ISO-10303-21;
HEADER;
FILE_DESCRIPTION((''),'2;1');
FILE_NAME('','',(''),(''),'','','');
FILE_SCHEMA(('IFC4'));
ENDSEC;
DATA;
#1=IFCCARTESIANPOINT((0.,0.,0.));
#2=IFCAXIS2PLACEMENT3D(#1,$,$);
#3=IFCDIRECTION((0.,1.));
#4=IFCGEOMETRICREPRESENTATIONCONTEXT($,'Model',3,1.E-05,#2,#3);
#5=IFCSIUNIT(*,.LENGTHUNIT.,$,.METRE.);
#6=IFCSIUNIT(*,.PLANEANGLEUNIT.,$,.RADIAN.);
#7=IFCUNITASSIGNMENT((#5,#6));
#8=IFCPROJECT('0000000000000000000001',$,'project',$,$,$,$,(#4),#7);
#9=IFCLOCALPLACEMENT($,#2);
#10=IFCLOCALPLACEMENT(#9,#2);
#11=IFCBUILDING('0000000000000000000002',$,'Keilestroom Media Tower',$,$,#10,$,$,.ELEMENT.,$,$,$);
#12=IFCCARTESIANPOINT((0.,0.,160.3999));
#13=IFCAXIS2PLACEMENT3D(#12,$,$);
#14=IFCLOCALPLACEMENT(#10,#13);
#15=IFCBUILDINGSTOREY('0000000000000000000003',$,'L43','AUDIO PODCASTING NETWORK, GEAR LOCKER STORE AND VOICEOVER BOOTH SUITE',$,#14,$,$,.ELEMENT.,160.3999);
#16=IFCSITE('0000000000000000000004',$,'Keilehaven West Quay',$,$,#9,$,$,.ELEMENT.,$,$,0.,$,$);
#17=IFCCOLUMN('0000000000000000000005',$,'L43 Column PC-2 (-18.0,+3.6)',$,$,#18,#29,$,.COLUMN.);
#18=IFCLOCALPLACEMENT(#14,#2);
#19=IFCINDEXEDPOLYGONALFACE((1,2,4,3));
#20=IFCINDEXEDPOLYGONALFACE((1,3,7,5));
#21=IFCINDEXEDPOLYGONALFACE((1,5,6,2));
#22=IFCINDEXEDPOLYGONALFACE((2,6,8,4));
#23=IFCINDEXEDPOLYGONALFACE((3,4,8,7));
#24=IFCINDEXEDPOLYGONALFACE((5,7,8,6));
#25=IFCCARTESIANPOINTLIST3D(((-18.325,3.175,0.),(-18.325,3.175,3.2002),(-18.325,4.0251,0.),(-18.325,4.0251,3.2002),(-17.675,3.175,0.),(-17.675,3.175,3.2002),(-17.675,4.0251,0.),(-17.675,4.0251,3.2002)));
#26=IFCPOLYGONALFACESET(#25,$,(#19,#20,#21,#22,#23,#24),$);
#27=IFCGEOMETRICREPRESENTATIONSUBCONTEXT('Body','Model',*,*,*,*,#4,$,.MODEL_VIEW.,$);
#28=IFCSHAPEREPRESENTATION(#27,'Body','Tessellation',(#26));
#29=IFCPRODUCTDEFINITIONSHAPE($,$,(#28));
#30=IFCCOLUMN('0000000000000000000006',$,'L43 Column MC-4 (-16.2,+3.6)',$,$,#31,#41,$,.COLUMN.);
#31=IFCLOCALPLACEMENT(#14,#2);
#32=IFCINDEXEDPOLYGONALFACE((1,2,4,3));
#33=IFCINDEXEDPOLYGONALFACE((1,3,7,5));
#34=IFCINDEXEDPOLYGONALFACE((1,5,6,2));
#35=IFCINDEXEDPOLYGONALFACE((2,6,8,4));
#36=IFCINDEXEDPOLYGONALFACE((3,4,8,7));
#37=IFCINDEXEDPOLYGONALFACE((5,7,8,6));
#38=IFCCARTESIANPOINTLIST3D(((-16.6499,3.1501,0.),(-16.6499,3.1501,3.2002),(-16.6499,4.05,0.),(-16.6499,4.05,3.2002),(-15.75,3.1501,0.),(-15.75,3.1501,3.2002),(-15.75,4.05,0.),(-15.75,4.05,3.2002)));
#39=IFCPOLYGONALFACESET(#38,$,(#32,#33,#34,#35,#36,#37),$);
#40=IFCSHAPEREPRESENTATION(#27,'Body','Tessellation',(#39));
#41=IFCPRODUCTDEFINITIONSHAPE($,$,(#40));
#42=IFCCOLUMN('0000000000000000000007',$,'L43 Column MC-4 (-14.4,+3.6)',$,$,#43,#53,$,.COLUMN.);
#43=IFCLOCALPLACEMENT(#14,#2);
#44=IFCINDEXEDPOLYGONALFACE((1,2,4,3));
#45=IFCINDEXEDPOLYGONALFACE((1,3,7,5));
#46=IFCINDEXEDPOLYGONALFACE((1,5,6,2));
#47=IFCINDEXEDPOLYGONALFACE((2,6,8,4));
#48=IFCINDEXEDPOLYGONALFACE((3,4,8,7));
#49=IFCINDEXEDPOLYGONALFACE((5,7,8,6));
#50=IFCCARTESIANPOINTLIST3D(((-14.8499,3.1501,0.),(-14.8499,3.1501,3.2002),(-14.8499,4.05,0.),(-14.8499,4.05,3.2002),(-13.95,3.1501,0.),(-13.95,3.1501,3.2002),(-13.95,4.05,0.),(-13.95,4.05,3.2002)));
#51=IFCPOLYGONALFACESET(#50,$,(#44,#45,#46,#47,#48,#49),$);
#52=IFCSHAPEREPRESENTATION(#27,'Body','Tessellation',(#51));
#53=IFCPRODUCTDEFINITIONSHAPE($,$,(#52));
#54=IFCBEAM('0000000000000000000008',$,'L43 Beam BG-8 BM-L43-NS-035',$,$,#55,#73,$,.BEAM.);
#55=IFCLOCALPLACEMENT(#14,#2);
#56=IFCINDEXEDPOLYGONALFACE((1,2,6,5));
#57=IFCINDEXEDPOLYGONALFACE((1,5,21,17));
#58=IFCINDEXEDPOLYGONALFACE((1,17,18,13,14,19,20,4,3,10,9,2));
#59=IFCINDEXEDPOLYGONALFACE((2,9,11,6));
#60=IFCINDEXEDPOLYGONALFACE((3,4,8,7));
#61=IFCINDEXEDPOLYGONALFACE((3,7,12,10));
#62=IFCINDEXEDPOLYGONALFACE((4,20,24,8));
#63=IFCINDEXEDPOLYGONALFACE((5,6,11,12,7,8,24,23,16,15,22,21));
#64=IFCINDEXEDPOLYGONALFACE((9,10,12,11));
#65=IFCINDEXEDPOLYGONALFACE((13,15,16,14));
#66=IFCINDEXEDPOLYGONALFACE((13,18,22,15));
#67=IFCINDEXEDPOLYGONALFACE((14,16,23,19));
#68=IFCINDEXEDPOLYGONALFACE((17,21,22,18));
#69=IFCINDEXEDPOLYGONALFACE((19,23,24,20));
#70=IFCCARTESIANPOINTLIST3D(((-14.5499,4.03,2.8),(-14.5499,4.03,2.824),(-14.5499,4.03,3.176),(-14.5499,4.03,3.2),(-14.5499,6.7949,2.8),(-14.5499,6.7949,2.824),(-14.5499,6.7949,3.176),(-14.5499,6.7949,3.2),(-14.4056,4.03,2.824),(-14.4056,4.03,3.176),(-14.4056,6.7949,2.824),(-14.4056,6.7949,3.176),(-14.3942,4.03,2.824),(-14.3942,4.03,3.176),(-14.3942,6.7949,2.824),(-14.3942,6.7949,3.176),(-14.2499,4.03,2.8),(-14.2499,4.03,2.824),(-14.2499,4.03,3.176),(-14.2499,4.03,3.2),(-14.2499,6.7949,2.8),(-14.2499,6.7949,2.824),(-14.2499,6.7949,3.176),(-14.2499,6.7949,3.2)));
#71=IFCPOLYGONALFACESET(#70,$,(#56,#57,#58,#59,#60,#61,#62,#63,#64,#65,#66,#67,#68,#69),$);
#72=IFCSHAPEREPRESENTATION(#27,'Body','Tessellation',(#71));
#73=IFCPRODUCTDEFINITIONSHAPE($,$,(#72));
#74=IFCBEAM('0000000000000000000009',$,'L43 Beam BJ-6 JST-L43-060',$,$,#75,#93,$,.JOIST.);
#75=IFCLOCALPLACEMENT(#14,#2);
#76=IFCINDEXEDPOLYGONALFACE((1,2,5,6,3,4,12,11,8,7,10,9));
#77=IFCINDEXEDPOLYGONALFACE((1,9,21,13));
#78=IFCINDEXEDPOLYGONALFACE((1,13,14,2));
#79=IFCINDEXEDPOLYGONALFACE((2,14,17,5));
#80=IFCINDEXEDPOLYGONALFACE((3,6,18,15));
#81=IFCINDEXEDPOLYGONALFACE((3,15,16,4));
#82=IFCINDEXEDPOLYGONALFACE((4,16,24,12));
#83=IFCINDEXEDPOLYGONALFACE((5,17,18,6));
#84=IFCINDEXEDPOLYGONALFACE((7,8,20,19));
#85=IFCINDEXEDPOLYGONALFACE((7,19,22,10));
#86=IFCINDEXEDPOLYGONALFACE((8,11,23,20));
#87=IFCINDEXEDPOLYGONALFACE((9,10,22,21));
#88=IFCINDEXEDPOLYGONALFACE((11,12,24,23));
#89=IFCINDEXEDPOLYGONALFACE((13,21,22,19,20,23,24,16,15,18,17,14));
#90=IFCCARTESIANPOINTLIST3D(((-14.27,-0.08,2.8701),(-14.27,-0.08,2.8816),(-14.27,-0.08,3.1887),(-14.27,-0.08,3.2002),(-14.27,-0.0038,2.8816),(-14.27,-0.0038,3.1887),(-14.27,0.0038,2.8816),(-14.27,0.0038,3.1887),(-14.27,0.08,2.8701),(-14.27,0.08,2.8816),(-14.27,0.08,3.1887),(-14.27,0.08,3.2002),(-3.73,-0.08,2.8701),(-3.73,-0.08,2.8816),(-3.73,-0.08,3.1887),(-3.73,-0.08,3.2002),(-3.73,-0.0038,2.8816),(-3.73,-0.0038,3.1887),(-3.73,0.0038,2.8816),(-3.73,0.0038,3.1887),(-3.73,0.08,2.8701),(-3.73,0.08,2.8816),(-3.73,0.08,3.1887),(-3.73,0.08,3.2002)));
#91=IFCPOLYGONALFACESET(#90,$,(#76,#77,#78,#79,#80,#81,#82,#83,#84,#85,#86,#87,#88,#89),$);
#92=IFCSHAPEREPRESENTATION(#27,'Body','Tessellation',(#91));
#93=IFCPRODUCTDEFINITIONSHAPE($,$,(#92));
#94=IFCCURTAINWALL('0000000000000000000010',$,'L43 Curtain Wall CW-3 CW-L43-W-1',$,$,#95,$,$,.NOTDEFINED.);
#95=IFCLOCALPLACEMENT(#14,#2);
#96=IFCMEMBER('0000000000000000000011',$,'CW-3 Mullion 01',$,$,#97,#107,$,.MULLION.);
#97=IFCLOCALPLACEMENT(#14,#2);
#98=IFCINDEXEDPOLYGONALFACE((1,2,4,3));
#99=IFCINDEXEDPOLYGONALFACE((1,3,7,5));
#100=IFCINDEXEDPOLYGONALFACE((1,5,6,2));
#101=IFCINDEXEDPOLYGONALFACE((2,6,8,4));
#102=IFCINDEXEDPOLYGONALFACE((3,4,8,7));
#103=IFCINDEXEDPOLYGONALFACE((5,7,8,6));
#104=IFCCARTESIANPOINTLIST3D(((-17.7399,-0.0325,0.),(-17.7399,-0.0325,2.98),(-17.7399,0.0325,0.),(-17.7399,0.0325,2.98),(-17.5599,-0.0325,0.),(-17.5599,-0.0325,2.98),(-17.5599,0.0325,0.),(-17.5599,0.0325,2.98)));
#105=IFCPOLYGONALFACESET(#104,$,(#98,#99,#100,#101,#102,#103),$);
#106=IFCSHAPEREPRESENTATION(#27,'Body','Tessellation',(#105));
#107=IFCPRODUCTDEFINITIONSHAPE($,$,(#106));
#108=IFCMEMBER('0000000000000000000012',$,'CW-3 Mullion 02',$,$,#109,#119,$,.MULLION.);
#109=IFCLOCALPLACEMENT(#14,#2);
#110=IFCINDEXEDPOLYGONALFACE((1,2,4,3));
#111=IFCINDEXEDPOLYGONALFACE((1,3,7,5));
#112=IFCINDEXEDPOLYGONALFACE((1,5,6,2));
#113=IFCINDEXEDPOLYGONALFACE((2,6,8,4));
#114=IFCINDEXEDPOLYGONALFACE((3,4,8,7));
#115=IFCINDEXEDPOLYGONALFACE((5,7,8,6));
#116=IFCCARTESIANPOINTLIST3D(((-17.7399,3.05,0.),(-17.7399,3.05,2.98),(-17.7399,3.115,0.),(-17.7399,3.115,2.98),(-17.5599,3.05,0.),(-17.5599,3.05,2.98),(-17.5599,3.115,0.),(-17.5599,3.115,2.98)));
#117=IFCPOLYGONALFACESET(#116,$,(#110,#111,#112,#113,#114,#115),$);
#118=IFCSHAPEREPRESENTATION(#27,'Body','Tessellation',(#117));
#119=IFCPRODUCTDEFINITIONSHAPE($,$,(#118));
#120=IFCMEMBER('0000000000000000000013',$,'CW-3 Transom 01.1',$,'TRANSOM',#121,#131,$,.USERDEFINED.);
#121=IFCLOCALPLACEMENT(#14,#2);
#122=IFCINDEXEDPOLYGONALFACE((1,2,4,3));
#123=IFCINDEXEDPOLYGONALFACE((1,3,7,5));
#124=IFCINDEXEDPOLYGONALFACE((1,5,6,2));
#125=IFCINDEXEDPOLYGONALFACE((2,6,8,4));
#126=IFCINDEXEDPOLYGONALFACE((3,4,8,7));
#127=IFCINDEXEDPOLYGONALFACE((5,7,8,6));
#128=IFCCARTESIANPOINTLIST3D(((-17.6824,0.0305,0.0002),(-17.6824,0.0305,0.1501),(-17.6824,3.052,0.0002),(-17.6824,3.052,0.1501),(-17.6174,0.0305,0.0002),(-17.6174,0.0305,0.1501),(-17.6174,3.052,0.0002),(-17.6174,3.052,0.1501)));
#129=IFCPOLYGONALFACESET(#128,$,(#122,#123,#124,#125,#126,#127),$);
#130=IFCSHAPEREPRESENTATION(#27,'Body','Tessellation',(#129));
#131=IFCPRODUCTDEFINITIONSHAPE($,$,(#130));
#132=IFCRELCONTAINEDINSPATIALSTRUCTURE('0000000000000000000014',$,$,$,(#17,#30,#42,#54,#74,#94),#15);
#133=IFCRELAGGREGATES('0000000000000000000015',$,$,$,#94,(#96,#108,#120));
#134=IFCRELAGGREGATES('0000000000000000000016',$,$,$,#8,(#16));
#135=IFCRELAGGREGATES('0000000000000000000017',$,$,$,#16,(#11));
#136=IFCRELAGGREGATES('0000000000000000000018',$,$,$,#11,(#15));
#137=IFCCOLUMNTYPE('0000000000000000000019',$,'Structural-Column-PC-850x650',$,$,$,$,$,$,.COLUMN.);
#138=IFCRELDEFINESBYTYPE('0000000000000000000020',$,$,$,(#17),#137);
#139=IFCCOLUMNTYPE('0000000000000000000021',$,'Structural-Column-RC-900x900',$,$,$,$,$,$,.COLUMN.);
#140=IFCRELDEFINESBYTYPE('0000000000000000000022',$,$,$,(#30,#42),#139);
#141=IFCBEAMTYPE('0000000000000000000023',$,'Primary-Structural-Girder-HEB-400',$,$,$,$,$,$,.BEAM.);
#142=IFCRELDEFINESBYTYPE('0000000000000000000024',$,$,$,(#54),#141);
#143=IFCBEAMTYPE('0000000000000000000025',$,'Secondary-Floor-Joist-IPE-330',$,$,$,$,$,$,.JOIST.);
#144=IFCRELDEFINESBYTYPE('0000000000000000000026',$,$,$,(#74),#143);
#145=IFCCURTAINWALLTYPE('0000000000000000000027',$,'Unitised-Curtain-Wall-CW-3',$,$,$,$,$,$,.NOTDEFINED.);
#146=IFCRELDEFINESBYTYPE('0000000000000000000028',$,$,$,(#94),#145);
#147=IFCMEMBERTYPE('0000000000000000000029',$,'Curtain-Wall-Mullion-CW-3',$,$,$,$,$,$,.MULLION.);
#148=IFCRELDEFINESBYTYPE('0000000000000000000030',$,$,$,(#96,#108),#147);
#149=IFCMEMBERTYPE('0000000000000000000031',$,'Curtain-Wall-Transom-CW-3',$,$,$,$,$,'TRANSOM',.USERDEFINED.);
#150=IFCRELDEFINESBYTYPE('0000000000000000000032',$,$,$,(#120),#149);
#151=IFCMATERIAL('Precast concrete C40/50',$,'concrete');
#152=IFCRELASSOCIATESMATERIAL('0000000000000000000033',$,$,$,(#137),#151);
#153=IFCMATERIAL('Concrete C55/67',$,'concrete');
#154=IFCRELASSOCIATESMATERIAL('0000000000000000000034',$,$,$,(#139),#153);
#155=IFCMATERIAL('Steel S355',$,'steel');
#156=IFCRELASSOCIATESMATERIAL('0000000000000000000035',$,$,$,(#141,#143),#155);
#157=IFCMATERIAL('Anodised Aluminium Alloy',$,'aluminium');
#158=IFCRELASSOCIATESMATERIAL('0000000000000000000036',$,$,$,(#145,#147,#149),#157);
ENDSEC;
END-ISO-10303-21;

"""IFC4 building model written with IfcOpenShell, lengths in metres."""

from ifc_helpers import new_model, si_unit, direction, frame, origin, origin_2d, place, context, subcontext, project, spatial, rectangle, i_section, extrude, source, transform, mapped, material, material_profile, profile_set, type_object, element, aggregate, save


model = new_model("IFC4")

# Units and contexts
model_context = context("Model", 3, precision=1e-05, world=origin(), true_north=direction((0.0, 1.0)))
body_context = subcontext(model_context, "Body", "Model", "MODEL_VIEW")
ifc_project = project(units=[si_unit("LENGTHUNIT", "METRE"), si_unit("PLANEANGLEUNIT", "RADIAN")], contexts=[model_context])

# Site, building, storey
site_placement = place(None, origin())
site = spatial("IfcSite", under=ifc_project, at=site_placement, Name="Keilehaven West Quay", CompositionType="ELEMENT", RefElevation=0.0)
building_placement = place(site_placement, origin())
building = spatial("IfcBuilding", under=site, at=building_placement, Name="Keilestroom Media Tower", CompositionType="ELEMENT")
storey_placement = place(building_placement, frame((0.0, 0.0, 160.3999)))
storey = spatial("IfcBuildingStorey", under=building, at=storey_placement, Name="L43", Description="AUDIO PODCASTING NETWORK, GEAR LOCKER STORE AND VOICEOVER BOOTH SUITE", CompositionType="ELEMENT", Elevation=160.3999)

# Columns
ifc_material_1 = material(Name="Precast concrete C40/50", Category="concrete")
ifc_material_profile_1 = material_profile(ifc_material_1, rectangle(XDim=0.6499, YDim=0.8501, at=origin_2d()), Name="PC 850x650")
ifc_profile_set_1 = profile_set([ifc_material_profile_1], Name="Precast concrete C40/50")
column_type_1 = type_object("IfcColumnType", Name="Structural-Column-PC-850x650", PredefinedType="COLUMN", material=ifc_profile_set_1)
shared_shape_1 = source(origin(), body_context, "Body", "SweptSolid", [
    extrude(rectangle(XDim=0.6499, YDim=0.8501, at=origin_2d()), origin(), (0.0, 0.0, 1.0), 3.2002),
])
column_placement = place(storey_placement, frame((-18.0, 3.6001, 0.0), z_axis=(0.0, 0.0, 1.0), x_axis=(1.0, 0.0, 0.0)))
element("IfcColumn", 1, at=column_placement, inside=storey, type_object=column_type_1, Name="L43 Column PC-2 (-18.0,+3.6)", PredefinedType="COLUMN", context=body_context, shape_type="MappedRepresentation", body=[
    mapped(shared_shape_1, transform((0.0, 0.0, 0.0), x_axis=(1.0, 0.0, 0.0), y_axis=(0.0, 1.0, 0.0), z_axis=(0.0, 0.0, 1.0), scale=1.0)),
])
ifc_material_2 = material(Name="Concrete C55/67", Category="concrete")
ifc_material_profile_2 = material_profile(ifc_material_2, rectangle(XDim=0.8999, YDim=0.8999, at=origin_2d()), Name="RC 900x900")
ifc_profile_set_2 = profile_set([ifc_material_profile_2], Name="Concrete C55/67")
column_type_2 = type_object("IfcColumnType", Name="Structural-Column-RC-900x900", PredefinedType="COLUMN", material=ifc_profile_set_2)
shared_shape_2 = source(origin(), body_context, "Body", "SweptSolid", [
    extrude(rectangle(XDim=0.8999, YDim=0.8999, at=origin_2d()), origin(), (0.0, 0.0, 1.0), 3.2002),
])
for number, where, z_axis, x_axis, name in (
    (2, (-16.2, 3.6001, 0.0), (0.0, 0.0, 1.0), (1.0, 0.0, 0.0), "L43 Column MC-4 (-16.2,+3.6)"),
    (3, (-14.3999, 3.6001, 0.0), (0.0, 0.0, 1.0), (1.0, 0.0, 0.0), "L43 Column MC-4 (-14.4,+3.6)"),
):
    element("IfcColumn", number, at=place(storey_placement, frame(where, z_axis=z_axis, x_axis=x_axis)), inside=storey, type_object=column_type_2, Name=name, PredefinedType="COLUMN", context=body_context, shape_type="MappedRepresentation", body=[
        mapped(shared_shape_2, transform((0.0, 0.0, 0.0), x_axis=(1.0, 0.0, 0.0), y_axis=(0.0, 1.0, 0.0), z_axis=(0.0, 0.0, 1.0), scale=1.0)),
    ])

# Beams
ifc_material_3 = material(Name="Steel S355", Category="steel")
ifc_material_profile_3 = material_profile(ifc_material_3, i_section(OverallWidth=0.3, OverallDepth=0.3999, WebThickness=0.0115, FlangeThickness=0.0239, at=origin_2d()), Name="HEB 400")
ifc_profile_set_3 = profile_set([ifc_material_profile_3], Name="Steel S355")
beam_type_1 = type_object("IfcBeamType", Name="Primary-Structural-Girder-HEB-400", PredefinedType="BEAM", material=ifc_profile_set_3)
shared_shape_3 = source(origin(), body_context, "Body", "SweptSolid", [
    extrude(i_section(OverallWidth=0.3, OverallDepth=0.3999, WebThickness=0.0115, FlangeThickness=0.0239, at=origin_2d()), origin(), (0.0, 0.0, 1.0), 2.7649),
])
beam_1_placement = place(storey_placement, frame((-14.3999, 4.03, 3.0), z_axis=(0.0, 1.0, 0.0), x_axis=(-1.0, 0.0, 0.0)))
element("IfcBeam", 4, at=beam_1_placement, inside=storey, type_object=beam_type_1, Name="L43 Beam BG-8 BM-L43-NS-035", PredefinedType="BEAM", context=body_context, shape_type="MappedRepresentation", body=[
    mapped(shared_shape_3, transform((0.0, 0.0, 0.0), x_axis=(1.0, 0.0, 0.0), y_axis=(0.0, 1.0, 0.0), z_axis=(0.0, 0.0, 1.0), scale=1.0)),
])
ifc_material_profile_4 = material_profile(ifc_material_3, i_section(OverallWidth=0.1599, OverallDepth=0.3301, WebThickness=0.0076, FlangeThickness=0.0115, at=origin_2d()), Name="IPE 330")
ifc_profile_set_4 = profile_set([ifc_material_profile_4], Name="Steel S355")
beam_type_2 = type_object("IfcBeamType", Name="Secondary-Floor-Joist-IPE-330", PredefinedType="JOIST", material=ifc_profile_set_4)
shared_shape_4 = source(origin(), body_context, "Body", "SweptSolid", [
    extrude(i_section(OverallWidth=0.1599, OverallDepth=0.3301, WebThickness=0.0076, FlangeThickness=0.0115, at=origin_2d()), origin(), (0.0, 0.0, 1.0), 10.54),
])
beam_2_placement = place(storey_placement, frame((-14.27, 0.0, 3.0352), z_axis=(1.0, 0.0, 0.0), x_axis=(0.0, 1.0, 0.0)))
element("IfcBeam", 5, at=beam_2_placement, inside=storey, type_object=beam_type_2, Name="L43 Beam BJ-6 JST-L43-060", PredefinedType="JOIST", context=body_context, shape_type="MappedRepresentation", body=[
    mapped(shared_shape_4, transform((0.0, 0.0, 0.0), x_axis=(1.0, 0.0, 0.0), y_axis=(0.0, 1.0, 0.0), z_axis=(0.0, 0.0, 1.0), scale=1.0)),
])

# Curtain wall, members
ifc_material_4 = material(Name="Anodised Aluminium Alloy", Category="aluminium")
curtain_wall_type = type_object("IfcCurtainWallType", Name="Unitised-Curtain-Wall-CW-3", PredefinedType="NOTDEFINED", material=ifc_material_4)
curtain_wall_placement = place(storey_placement, origin())
curtain_wall = element("IfcCurtainWall", 6, at=curtain_wall_placement, inside=storey, type_object=curtain_wall_type, Name="L43 Curtain Wall CW-3 CW-L43-W-1", PredefinedType="NOTDEFINED")
ifc_material_profile_5 = material_profile(ifc_material_4, rectangle(XDim=0.0649, YDim=0.1799, at=origin_2d()), Name="ALU MULLION 65x180")
ifc_profile_set_5 = profile_set([ifc_material_profile_5], Name="Anodised Aluminium Alloy")
member_type_1 = type_object("IfcMemberType", Name="Curtain-Wall-Mullion-CW-3", PredefinedType="MULLION", material=ifc_profile_set_5)
shared_shape_5 = source(origin(), body_context, "Body", "SweptSolid", [
    extrude(rectangle(XDim=0.0649, YDim=0.1799, at=origin_2d()), origin(), (0.0, 0.0, 1.0), 2.98),
])
member_1_placement = place(storey_placement, frame((-17.6499, 0.0, 0.0), z_axis=(0.0, 0.0, 1.0), x_axis=(0.0, 1.0, 0.0)))
member_1 = element("IfcMember", 7, at=member_1_placement, type_object=member_type_1, Name="CW-3 Mullion 01", PredefinedType="MULLION", context=body_context, shape_type="MappedRepresentation", body=[
    mapped(shared_shape_5, transform((0.0, 0.0, 0.0), x_axis=(1.0, 0.0, 0.0), y_axis=(0.0, 1.0, 0.0), z_axis=(0.0, 0.0, 1.0), scale=1.0)),
])
member_2_placement = place(storey_placement, frame((-17.6499, 3.0825, 0.0), z_axis=(0.0, 0.0, 1.0), x_axis=(0.0, 1.0, 0.0)))
member_2 = element("IfcMember", 8, at=member_2_placement, type_object=member_type_1, Name="CW-3 Mullion 02", PredefinedType="MULLION", context=body_context, shape_type="MappedRepresentation", body=[
    mapped(shared_shape_5, transform((0.0, 0.0, 0.0), x_axis=(1.0, 0.0, 0.0), y_axis=(0.0, 1.0, 0.0), z_axis=(0.0, 0.0, 1.0), scale=1.0)),
])
ifc_material_profile_6 = material_profile(ifc_material_4, rectangle(XDim=0.0649, YDim=0.1499, at=origin_2d()), Name="ALU TRANSOM 65x150")
ifc_profile_set_6 = profile_set([ifc_material_profile_6], Name="Anodised Aluminium Alloy")
member_type_2 = type_object("IfcMemberType", Name="Curtain-Wall-Transom-CW-3", ElementType="TRANSOM", PredefinedType="USERDEFINED", material=ifc_profile_set_6)
shared_shape_6 = source(origin(), body_context, "Body", "SweptSolid", [
    extrude(rectangle(XDim=0.0649, YDim=0.1499, at=origin_2d()), origin(), (0.0, 0.0, 1.0), 3.0215),
])
member_3_placement = place(storey_placement, frame((-17.6499, 0.0305, 0.0752), z_axis=(0.0, 1.0, 0.0), x_axis=(-1.0, 0.0, 0.0)))
member_3 = element("IfcMember", 9, at=member_3_placement, type_object=member_type_2, Name="CW-3 Transom 01.1", ObjectType="TRANSOM", PredefinedType="USERDEFINED", context=body_context, shape_type="MappedRepresentation", body=[
    mapped(shared_shape_6, transform((0.0, 0.0, 0.0), x_axis=(1.0, 0.0, 0.0), y_axis=(0.0, 1.0, 0.0), z_axis=(0.0, 0.0, 1.0), scale=1.0)),
])

aggregate(curtain_wall, [member_1, member_2, member_3])

save(model, "model.ifc")
